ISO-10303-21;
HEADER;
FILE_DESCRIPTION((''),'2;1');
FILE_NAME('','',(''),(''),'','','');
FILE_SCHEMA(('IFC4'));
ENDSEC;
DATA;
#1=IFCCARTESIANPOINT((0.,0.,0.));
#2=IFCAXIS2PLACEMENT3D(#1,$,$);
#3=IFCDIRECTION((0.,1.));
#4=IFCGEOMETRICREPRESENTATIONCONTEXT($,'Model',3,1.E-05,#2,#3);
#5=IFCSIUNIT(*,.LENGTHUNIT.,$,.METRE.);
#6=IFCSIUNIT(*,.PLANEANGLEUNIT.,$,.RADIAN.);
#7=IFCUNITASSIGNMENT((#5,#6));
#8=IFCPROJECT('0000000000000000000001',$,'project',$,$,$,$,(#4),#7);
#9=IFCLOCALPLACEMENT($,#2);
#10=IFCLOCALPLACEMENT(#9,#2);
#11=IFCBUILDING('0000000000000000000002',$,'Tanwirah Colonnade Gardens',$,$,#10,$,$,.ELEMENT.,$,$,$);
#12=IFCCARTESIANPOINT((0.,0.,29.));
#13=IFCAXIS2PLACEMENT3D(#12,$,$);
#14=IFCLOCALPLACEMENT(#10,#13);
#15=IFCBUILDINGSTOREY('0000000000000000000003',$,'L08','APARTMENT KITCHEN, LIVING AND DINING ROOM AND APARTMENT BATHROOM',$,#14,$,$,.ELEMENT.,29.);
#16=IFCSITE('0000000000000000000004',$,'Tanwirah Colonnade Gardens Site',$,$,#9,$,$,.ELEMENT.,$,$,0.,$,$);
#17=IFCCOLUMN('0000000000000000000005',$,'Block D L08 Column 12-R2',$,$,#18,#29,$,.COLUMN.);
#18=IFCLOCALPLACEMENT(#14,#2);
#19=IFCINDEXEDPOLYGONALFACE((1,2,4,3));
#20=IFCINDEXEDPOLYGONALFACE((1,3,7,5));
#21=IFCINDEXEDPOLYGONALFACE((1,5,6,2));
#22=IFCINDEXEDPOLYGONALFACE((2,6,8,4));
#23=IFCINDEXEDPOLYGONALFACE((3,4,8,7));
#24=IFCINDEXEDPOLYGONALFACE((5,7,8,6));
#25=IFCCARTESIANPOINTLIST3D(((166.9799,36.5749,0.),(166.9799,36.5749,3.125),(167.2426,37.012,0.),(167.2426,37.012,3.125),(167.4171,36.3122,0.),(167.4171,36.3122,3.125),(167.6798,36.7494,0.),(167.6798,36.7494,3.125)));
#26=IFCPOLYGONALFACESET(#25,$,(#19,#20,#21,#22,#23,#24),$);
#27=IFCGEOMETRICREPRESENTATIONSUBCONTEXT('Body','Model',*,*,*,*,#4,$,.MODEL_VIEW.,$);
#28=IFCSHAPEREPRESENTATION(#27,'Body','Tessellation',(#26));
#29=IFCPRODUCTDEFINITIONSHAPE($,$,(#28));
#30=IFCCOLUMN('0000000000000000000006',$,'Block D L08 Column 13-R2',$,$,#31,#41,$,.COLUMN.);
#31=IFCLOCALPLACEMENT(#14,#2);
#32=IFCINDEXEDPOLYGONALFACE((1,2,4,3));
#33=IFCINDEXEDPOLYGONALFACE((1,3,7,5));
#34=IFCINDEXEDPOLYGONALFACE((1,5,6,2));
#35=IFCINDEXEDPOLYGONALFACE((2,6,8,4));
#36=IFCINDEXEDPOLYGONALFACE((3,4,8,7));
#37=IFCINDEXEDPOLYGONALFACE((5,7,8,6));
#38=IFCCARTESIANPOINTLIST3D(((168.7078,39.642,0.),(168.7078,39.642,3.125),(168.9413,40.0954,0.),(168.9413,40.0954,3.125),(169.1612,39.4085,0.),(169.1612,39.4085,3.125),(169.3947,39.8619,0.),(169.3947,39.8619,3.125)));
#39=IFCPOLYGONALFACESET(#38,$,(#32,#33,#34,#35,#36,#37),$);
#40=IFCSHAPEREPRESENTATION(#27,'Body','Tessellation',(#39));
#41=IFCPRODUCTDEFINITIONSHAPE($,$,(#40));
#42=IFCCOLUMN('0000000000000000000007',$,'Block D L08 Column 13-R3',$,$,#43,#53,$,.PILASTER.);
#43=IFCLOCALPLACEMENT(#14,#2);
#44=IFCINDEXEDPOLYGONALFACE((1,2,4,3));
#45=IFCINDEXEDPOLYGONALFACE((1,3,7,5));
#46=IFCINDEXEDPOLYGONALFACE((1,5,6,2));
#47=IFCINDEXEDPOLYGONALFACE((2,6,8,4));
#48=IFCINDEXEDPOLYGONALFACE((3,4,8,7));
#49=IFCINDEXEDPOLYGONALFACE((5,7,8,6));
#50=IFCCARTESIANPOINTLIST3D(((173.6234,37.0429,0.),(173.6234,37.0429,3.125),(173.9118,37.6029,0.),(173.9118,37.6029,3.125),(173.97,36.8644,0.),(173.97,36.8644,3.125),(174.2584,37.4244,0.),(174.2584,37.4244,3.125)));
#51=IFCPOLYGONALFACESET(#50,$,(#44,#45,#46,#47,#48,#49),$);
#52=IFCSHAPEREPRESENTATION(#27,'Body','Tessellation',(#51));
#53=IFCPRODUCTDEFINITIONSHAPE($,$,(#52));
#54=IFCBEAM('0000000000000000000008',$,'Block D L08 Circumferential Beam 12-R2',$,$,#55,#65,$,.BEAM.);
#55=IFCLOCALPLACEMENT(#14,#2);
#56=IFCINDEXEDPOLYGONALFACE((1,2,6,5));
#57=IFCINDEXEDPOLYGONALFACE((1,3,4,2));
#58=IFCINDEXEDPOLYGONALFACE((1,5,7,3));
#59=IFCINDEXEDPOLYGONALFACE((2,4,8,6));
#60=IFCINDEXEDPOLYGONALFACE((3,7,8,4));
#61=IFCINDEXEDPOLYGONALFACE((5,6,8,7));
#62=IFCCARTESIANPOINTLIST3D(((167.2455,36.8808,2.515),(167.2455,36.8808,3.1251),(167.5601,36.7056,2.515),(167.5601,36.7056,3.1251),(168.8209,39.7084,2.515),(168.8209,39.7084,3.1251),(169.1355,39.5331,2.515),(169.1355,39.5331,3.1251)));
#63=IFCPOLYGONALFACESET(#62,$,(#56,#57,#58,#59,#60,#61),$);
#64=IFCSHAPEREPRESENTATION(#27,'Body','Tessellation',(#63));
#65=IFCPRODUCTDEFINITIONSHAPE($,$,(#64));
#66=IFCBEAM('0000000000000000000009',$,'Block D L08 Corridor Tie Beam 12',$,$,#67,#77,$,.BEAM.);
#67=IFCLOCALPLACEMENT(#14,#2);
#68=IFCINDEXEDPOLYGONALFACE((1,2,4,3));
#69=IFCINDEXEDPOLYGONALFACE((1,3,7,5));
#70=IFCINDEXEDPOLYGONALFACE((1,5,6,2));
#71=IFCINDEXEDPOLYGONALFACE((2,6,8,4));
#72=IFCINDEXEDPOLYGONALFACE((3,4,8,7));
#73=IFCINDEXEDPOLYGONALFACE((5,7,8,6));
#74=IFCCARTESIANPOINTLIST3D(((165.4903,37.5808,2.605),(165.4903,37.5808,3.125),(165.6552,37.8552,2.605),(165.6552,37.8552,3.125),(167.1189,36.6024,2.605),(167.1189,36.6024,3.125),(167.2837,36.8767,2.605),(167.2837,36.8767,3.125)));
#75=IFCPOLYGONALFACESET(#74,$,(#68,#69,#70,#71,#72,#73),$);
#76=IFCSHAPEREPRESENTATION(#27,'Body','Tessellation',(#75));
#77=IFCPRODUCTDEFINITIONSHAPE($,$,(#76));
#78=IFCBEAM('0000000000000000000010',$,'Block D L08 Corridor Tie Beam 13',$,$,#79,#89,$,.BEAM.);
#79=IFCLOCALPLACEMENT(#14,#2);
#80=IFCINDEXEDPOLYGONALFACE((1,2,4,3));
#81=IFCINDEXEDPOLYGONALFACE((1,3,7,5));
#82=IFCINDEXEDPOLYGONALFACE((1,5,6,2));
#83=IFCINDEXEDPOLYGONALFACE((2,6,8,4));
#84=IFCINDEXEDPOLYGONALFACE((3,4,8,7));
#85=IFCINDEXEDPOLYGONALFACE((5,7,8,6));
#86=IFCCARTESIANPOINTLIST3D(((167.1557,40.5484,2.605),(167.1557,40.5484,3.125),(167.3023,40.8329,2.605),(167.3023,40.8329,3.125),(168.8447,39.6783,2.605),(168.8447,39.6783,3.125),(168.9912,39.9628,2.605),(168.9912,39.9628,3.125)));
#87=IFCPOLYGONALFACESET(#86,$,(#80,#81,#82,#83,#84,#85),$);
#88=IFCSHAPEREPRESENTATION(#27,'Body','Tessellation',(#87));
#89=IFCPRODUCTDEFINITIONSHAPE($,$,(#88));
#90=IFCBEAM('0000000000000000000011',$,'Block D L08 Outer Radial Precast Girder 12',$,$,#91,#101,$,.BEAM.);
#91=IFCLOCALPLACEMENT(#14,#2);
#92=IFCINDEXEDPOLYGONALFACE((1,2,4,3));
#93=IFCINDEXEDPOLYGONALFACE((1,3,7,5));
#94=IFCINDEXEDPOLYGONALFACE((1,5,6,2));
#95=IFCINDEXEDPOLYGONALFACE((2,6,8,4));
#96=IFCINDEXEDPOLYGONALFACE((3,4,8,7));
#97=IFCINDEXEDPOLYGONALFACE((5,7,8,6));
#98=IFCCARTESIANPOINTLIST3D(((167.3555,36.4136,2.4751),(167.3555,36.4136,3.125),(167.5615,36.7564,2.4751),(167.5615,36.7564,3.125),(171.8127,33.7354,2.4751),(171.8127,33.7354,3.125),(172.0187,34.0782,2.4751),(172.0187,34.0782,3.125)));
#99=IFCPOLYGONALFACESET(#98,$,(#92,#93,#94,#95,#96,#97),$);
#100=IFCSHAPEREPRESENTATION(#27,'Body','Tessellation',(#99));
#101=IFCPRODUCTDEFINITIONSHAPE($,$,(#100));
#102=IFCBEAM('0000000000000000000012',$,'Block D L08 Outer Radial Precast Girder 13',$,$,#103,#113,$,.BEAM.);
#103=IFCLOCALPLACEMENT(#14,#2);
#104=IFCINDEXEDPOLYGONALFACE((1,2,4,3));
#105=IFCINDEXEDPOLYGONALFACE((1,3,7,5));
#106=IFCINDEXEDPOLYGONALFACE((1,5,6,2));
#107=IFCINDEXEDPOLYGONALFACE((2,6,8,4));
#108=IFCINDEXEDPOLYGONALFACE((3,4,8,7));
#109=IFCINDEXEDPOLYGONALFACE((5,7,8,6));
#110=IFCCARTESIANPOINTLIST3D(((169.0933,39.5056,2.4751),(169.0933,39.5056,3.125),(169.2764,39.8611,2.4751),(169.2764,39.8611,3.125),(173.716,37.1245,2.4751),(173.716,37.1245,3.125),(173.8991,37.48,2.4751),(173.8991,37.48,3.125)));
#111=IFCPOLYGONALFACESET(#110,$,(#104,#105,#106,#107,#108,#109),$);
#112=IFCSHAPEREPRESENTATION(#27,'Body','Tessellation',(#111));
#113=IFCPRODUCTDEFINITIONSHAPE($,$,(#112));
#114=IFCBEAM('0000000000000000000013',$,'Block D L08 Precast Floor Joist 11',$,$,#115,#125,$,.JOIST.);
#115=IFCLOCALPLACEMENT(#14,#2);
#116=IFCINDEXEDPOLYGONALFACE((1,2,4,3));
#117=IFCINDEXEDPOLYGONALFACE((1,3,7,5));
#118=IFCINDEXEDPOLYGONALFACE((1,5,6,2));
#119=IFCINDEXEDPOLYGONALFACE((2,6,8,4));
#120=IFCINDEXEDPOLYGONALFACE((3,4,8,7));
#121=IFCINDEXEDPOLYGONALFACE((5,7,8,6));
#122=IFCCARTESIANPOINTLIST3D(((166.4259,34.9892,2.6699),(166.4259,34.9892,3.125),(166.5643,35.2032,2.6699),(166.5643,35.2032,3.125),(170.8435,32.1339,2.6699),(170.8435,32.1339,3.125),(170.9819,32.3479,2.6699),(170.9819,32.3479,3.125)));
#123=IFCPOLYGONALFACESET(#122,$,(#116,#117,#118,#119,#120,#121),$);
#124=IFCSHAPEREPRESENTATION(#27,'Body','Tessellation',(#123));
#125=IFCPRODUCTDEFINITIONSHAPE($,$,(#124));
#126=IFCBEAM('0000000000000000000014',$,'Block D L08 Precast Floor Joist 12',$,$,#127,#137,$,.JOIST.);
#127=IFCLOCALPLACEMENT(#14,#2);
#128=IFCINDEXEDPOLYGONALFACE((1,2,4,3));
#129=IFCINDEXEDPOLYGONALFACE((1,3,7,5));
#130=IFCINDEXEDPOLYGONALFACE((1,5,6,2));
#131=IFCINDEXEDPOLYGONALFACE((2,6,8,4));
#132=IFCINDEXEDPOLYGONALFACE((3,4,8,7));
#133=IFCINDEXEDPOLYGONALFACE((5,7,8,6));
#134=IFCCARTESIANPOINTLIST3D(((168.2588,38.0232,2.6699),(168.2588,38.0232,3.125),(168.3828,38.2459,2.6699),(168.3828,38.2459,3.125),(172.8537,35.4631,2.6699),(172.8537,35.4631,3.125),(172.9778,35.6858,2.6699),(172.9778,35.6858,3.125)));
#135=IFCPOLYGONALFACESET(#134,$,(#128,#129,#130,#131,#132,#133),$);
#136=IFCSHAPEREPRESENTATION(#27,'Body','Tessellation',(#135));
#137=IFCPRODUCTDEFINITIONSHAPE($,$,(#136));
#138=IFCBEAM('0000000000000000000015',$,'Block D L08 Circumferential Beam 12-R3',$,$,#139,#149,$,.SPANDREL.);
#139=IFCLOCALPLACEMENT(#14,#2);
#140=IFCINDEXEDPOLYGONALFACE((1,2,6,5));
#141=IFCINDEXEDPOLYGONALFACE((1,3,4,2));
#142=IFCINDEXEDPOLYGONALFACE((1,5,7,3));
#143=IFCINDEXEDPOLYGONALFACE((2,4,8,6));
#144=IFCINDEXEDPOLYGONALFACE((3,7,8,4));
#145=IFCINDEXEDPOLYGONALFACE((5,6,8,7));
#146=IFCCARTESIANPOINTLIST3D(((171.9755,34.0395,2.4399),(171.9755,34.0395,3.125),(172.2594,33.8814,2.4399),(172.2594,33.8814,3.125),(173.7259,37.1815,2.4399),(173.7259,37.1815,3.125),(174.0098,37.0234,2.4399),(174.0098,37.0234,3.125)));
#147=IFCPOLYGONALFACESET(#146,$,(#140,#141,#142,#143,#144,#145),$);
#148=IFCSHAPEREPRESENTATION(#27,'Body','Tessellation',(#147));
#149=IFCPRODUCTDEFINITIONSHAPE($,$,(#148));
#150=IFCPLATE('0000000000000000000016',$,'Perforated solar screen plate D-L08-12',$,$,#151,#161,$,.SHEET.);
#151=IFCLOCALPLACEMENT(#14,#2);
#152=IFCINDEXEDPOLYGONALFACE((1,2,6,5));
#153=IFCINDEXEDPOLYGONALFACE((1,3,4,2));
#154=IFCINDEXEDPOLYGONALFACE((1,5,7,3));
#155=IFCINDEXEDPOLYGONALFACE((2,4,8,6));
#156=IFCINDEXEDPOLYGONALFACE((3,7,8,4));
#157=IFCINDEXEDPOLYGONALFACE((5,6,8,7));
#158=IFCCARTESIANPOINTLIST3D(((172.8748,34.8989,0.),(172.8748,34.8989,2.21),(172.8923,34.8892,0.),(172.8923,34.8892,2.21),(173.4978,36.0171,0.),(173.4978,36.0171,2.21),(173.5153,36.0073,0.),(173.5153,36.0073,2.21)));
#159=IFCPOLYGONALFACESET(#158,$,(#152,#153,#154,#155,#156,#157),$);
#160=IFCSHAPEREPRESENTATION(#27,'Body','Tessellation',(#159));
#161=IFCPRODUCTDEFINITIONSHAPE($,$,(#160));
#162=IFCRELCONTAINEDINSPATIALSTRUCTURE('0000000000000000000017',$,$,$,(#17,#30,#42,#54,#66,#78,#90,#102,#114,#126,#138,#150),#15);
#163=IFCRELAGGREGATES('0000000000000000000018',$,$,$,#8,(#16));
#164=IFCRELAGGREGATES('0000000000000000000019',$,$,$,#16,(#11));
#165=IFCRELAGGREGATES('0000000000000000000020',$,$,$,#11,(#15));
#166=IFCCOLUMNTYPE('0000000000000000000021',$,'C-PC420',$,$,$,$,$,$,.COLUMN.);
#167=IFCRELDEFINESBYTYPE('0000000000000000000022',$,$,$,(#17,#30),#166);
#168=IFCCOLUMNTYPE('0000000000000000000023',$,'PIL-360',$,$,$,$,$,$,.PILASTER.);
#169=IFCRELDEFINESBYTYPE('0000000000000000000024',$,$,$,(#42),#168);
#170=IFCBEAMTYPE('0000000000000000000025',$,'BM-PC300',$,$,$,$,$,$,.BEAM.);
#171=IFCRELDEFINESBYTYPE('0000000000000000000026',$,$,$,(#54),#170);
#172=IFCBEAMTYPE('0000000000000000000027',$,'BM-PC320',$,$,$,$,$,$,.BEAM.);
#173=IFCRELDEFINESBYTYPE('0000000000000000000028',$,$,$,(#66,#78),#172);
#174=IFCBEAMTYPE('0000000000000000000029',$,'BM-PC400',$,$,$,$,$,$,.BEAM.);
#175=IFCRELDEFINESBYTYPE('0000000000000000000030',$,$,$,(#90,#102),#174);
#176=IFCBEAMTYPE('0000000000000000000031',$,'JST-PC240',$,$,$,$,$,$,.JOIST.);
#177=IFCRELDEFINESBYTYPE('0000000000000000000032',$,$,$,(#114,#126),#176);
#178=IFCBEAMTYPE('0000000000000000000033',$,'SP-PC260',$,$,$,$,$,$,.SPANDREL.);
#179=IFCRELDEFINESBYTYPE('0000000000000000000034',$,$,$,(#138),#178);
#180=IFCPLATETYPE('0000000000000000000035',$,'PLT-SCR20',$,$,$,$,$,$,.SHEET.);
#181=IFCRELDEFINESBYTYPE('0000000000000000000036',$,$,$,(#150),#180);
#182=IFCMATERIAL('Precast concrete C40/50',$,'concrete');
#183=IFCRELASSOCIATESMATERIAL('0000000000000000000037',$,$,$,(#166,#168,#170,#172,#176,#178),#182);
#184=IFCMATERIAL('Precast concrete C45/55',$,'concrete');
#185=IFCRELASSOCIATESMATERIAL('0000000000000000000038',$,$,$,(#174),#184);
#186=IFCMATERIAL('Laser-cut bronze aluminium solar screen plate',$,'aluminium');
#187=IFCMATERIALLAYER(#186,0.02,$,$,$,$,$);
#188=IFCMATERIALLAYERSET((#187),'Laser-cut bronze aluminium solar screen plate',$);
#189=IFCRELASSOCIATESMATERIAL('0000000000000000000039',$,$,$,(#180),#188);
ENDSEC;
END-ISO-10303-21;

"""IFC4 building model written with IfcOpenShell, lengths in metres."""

from ifc_helpers import new_model, si_unit, direction, frame, origin, origin_2d, place, context, subcontext, project, spatial, rectangle, extrude, material, layer, layer_set, material_profile, profile_set, type_object, element, save


model = new_model("IFC4")

# Units and contexts
model_context = context("Model", 3, precision=1e-05, world=origin(), true_north=direction((0.0, 1.0)))
body_context = subcontext(model_context, "Body", "Model", "MODEL_VIEW")
ifc_project = project(units=[si_unit("LENGTHUNIT", "METRE"), si_unit("PLANEANGLEUNIT", "RADIAN")], contexts=[model_context])

# Site, building, storey
site_placement = place(None, origin())
site = spatial("IfcSite", under=ifc_project, at=site_placement, Name="Tanwirah Colonnade Gardens Site", CompositionType="ELEMENT", RefElevation=0.0)
building_placement = place(site_placement, origin())
building = spatial("IfcBuilding", under=site, at=building_placement, Name="Tanwirah Colonnade Gardens", CompositionType="ELEMENT")
storey_placement = place(building_placement, frame((0.0, 0.0, 29.0)))
storey = spatial("IfcBuildingStorey", under=building, at=storey_placement, Name="L08", Description="APARTMENT KITCHEN, LIVING AND DINING ROOM AND APARTMENT BATHROOM", CompositionType="ELEMENT", Elevation=29.0)

# Columns
ifc_material_1 = material(Name="Precast concrete C40/50", Category="concrete")
ifc_material_profile_1 = material_profile(ifc_material_1, rectangle(XDim=0.51, YDim=0.51, at=origin_2d()), Name="PC-COL 510x510")
ifc_profile_set_1 = profile_set([ifc_material_profile_1], Name="Precast concrete C40/50")
column_type_1 = type_object("IfcColumnType", Name="C-PC420", PredefinedType="COLUMN", material=ifc_profile_set_1)
for number, where, z_axis, x_axis, name in (
    (1, (167.3298, 36.6621, 0.0), (0.0, 0.0, 1.0), (0.857167, -0.515038, 0.0), "Block D L08 Column 12-R2"),
    (2, (169.0513, 39.752, 0.0), (0.0, 0.0, 1.0), (0.889017, -0.457874, 0.0), "Block D L08 Column 13-R2"),
):
    element("IfcColumn", number, at=place(storey_placement, frame(where, z_axis=z_axis, x_axis=x_axis)), inside=storey, type_object=column_type_1, Name=name, PredefinedType="COLUMN", context=body_context, shape_type="SweptSolid", body=[
        extrude(rectangle(XDim=0.51, YDim=0.51, at=origin_2d()), origin(), (0.0, 0.0, 1.0), 3.125),
    ])
ifc_material_profile_2 = material_profile(ifc_material_1, rectangle(XDim=0.3899, YDim=0.6299, at=origin_2d()), Name="PC-PIL 390x630")
ifc_profile_set_2 = profile_set([ifc_material_profile_2], Name="Precast concrete C40/50")
column_type_2 = type_object("IfcColumnType", Name="PIL-360", PredefinedType="PILASTER", material=ifc_profile_set_2)
column_placement = place(storey_placement, frame((173.9409, 37.2336, 0.0), z_axis=(0.0, 0.0, 1.0), x_axis=(0.889017, -0.457874, 0.0)))
element("IfcColumn", 3, at=column_placement, inside=storey, type_object=column_type_2, Name="Block D L08 Column 13-R3", PredefinedType="PILASTER", context=body_context, shape_type="SweptSolid", body=[
    extrude(rectangle(XDim=0.3899, YDim=0.6299, at=origin_2d()), origin(), (0.0, 0.0, 1.0), 3.125),
])

# Beams
ifc_material_profile_3 = material_profile(ifc_material_1, rectangle(XDim=0.3601, YDim=0.6101, at=origin_2d()), Name="PC-BM 360x610")
ifc_profile_set_3 = profile_set([ifc_material_profile_3], Name="Precast concrete C40/50")
beam_type_1 = type_object("IfcBeamType", Name="BM-PC300", PredefinedType="BEAM", material=ifc_profile_set_3)
beam_1_placement = place(storey_placement, frame((167.4028, 36.7932, 2.8201), z_axis=(0.486712, 0.873562, 0.0), x_axis=(-0.873562, 0.486712, 0.0)))
element("IfcBeam", 4, at=beam_1_placement, inside=storey, type_object=beam_type_1, Name="Block D L08 Circumferential Beam 12-R2", PredefinedType="BEAM", context=body_context, shape_type="SweptSolid", body=[
    extrude(rectangle(XDim=0.3601, YDim=0.6101, at=origin_2d()), origin(), (0.0, 0.0, 1.0), 3.2368),
])
ifc_material_profile_4 = material_profile(ifc_material_1, rectangle(XDim=0.3201, YDim=0.52, at=origin_2d()), Name="PC-BM 320x520")
ifc_profile_set_4 = profile_set([ifc_material_profile_4], Name="Precast concrete C40/50")
beam_type_2 = type_object("IfcBeamType", Name="BM-PC320", PredefinedType="BEAM", material=ifc_profile_set_4)
for number, where, z_axis, x_axis, name in (
    (5, (165.5728, 37.718, 2.865), (0.857187, -0.515006, 0.0), (0.515006, 0.857187, 0.0), "Block D L08 Corridor Tie Beam 12"),
    (6, (167.229, 40.6907, 2.865), (0.888965, -0.457975, 0.0), (0.457975, 0.888965, 0.0), "Block D L08 Corridor Tie Beam 13"),
):
    element("IfcBeam", number, at=place(storey_placement, frame(where, z_axis=z_axis, x_axis=x_axis)), inside=storey, type_object=beam_type_2, Name=name, PredefinedType="BEAM", context=body_context, shape_type="SweptSolid", body=[
        extrude(rectangle(XDim=0.3201, YDim=0.52, at=origin_2d()), origin(), (0.0, 0.0, 1.0), 1.8999),
    ])
ifc_material_2 = material(Name="Precast concrete C45/55", Category="concrete")
ifc_material_profile_5 = material_profile(ifc_material_2, rectangle(XDim=0.3999, YDim=0.6499, at=origin_2d()), Name="PC-BM 400x650")
ifc_profile_set_5 = profile_set([ifc_material_profile_5], Name="Precast concrete C45/55")
beam_type_3 = type_object("IfcBeamType", Name="BM-PC400", PredefinedType="BEAM", material=ifc_profile_set_5)
for number, where, z_axis, x_axis, name in (
    (7, (167.4585, 36.585, 2.8), (0.857165, -0.515041, 0.0), (0.515041, 0.857165, 0.0), "Block D L08 Outer Radial Precast Girder 12"),
    (8, (169.1848, 39.6833, 2.8), (0.889001, -0.457905, 0.0), (0.457905, 0.889001, 0.0), "Block D L08 Outer Radial Precast Girder 13"),
):
    element("IfcBeam", number, at=place(storey_placement, frame(where, z_axis=z_axis, x_axis=x_axis)), inside=storey, type_object=beam_type_3, Name=name, PredefinedType="BEAM", context=body_context, shape_type="SweptSolid", body=[
        extrude(rectangle(XDim=0.3999, YDim=0.6499, at=origin_2d()), origin(), (0.0, 0.0, 1.0), 5.2),
    ])
ifc_material_profile_6 = material_profile(ifc_material_1, rectangle(XDim=0.2549, YDim=0.4551, at=origin_2d()), Name="PC-JST 255x455")
ifc_profile_set_6 = profile_set([ifc_material_profile_6], Name="Precast concrete C40/50")
beam_type_4 = type_object("IfcBeamType", Name="JST-PC240", PredefinedType="JOIST", material=ifc_profile_set_6)
for number, where, z_axis, x_axis, name in (
    (9, (166.4951, 35.0962, 2.8975), (0.839843, -0.54283, 0.0), (0.54283, 0.839843, 0.0), "Block D L08 Precast Floor Joist 11"),
    (10, (168.3208, 38.1345, 2.8975), (0.873568, -0.486703, 0.0), (0.486703, 0.873568, 0.0), "Block D L08 Precast Floor Joist 12"),
):
    element("IfcBeam", number, at=place(storey_placement, frame(where, z_axis=z_axis, x_axis=x_axis)), inside=storey, type_object=beam_type_4, Name=name, PredefinedType="JOIST", context=body_context, shape_type="SweptSolid", body=[
        extrude(rectangle(XDim=0.2549, YDim=0.4551, at=origin_2d()), origin(), (0.0, 0.0, 1.0), 5.26),
    ])
ifc_material_profile_7 = material_profile(ifc_material_1, rectangle(XDim=0.325, YDim=0.6851, at=origin_2d()), Name="PC-SP 325x685")
ifc_profile_set_7 = profile_set([ifc_material_profile_7], Name="Precast concrete C40/50")
beam_type_5 = type_object("IfcBeamType", Name="SP-PC260", PredefinedType="SPANDREL", material=ifc_profile_set_7)
beam_2_placement = place(storey_placement, frame((172.1174, 33.9604, 2.7825), z_axis=(0.48668, 0.87358, 0.0), x_axis=(-0.87358, 0.48668, 0.0)))
element("IfcBeam", 11, at=beam_2_placement, inside=storey, type_object=beam_type_5, Name="Block D L08 Circumferential Beam 12-R3", PredefinedType="SPANDREL", context=body_context, shape_type="SweptSolid", body=[
    extrude(rectangle(XDim=0.325, YDim=0.6851, at=origin_2d()), origin(), (0.0, 0.0, 1.0), 3.5967),
])

# Plate
ifc_material_3 = material(Name="Laser-cut bronze aluminium solar screen plate", Category="aluminium")
ifc_layer_1 = layer(ifc_material_3, 0.02)
ifc_layer_set_1 = layer_set([ifc_layer_1], Name="Laser-cut bronze aluminium solar screen plate")
plate_type = type_object("IfcPlateType", Name="PLT-SCR20", PredefinedType="SHEET", material=ifc_layer_set_1)
plate_placement = place(storey_placement, frame((173.1951, 35.4531, 0.0), z_axis=(0.0, 0.0, 1.0), x_axis=(0.486717, 0.87356, 0.0)))
element("IfcPlate", 12, at=plate_placement, inside=storey, type_object=plate_type, Name="Perforated solar screen plate D-L08-12", PredefinedType="SHEET", context=body_context, shape_type="SweptSolid", body=[
    extrude(rectangle(XDim=1.28, YDim=0.02, at=origin_2d()), origin(), (0.0, 0.0, 1.0), 2.21),
])

save(model, "model.ifc")
